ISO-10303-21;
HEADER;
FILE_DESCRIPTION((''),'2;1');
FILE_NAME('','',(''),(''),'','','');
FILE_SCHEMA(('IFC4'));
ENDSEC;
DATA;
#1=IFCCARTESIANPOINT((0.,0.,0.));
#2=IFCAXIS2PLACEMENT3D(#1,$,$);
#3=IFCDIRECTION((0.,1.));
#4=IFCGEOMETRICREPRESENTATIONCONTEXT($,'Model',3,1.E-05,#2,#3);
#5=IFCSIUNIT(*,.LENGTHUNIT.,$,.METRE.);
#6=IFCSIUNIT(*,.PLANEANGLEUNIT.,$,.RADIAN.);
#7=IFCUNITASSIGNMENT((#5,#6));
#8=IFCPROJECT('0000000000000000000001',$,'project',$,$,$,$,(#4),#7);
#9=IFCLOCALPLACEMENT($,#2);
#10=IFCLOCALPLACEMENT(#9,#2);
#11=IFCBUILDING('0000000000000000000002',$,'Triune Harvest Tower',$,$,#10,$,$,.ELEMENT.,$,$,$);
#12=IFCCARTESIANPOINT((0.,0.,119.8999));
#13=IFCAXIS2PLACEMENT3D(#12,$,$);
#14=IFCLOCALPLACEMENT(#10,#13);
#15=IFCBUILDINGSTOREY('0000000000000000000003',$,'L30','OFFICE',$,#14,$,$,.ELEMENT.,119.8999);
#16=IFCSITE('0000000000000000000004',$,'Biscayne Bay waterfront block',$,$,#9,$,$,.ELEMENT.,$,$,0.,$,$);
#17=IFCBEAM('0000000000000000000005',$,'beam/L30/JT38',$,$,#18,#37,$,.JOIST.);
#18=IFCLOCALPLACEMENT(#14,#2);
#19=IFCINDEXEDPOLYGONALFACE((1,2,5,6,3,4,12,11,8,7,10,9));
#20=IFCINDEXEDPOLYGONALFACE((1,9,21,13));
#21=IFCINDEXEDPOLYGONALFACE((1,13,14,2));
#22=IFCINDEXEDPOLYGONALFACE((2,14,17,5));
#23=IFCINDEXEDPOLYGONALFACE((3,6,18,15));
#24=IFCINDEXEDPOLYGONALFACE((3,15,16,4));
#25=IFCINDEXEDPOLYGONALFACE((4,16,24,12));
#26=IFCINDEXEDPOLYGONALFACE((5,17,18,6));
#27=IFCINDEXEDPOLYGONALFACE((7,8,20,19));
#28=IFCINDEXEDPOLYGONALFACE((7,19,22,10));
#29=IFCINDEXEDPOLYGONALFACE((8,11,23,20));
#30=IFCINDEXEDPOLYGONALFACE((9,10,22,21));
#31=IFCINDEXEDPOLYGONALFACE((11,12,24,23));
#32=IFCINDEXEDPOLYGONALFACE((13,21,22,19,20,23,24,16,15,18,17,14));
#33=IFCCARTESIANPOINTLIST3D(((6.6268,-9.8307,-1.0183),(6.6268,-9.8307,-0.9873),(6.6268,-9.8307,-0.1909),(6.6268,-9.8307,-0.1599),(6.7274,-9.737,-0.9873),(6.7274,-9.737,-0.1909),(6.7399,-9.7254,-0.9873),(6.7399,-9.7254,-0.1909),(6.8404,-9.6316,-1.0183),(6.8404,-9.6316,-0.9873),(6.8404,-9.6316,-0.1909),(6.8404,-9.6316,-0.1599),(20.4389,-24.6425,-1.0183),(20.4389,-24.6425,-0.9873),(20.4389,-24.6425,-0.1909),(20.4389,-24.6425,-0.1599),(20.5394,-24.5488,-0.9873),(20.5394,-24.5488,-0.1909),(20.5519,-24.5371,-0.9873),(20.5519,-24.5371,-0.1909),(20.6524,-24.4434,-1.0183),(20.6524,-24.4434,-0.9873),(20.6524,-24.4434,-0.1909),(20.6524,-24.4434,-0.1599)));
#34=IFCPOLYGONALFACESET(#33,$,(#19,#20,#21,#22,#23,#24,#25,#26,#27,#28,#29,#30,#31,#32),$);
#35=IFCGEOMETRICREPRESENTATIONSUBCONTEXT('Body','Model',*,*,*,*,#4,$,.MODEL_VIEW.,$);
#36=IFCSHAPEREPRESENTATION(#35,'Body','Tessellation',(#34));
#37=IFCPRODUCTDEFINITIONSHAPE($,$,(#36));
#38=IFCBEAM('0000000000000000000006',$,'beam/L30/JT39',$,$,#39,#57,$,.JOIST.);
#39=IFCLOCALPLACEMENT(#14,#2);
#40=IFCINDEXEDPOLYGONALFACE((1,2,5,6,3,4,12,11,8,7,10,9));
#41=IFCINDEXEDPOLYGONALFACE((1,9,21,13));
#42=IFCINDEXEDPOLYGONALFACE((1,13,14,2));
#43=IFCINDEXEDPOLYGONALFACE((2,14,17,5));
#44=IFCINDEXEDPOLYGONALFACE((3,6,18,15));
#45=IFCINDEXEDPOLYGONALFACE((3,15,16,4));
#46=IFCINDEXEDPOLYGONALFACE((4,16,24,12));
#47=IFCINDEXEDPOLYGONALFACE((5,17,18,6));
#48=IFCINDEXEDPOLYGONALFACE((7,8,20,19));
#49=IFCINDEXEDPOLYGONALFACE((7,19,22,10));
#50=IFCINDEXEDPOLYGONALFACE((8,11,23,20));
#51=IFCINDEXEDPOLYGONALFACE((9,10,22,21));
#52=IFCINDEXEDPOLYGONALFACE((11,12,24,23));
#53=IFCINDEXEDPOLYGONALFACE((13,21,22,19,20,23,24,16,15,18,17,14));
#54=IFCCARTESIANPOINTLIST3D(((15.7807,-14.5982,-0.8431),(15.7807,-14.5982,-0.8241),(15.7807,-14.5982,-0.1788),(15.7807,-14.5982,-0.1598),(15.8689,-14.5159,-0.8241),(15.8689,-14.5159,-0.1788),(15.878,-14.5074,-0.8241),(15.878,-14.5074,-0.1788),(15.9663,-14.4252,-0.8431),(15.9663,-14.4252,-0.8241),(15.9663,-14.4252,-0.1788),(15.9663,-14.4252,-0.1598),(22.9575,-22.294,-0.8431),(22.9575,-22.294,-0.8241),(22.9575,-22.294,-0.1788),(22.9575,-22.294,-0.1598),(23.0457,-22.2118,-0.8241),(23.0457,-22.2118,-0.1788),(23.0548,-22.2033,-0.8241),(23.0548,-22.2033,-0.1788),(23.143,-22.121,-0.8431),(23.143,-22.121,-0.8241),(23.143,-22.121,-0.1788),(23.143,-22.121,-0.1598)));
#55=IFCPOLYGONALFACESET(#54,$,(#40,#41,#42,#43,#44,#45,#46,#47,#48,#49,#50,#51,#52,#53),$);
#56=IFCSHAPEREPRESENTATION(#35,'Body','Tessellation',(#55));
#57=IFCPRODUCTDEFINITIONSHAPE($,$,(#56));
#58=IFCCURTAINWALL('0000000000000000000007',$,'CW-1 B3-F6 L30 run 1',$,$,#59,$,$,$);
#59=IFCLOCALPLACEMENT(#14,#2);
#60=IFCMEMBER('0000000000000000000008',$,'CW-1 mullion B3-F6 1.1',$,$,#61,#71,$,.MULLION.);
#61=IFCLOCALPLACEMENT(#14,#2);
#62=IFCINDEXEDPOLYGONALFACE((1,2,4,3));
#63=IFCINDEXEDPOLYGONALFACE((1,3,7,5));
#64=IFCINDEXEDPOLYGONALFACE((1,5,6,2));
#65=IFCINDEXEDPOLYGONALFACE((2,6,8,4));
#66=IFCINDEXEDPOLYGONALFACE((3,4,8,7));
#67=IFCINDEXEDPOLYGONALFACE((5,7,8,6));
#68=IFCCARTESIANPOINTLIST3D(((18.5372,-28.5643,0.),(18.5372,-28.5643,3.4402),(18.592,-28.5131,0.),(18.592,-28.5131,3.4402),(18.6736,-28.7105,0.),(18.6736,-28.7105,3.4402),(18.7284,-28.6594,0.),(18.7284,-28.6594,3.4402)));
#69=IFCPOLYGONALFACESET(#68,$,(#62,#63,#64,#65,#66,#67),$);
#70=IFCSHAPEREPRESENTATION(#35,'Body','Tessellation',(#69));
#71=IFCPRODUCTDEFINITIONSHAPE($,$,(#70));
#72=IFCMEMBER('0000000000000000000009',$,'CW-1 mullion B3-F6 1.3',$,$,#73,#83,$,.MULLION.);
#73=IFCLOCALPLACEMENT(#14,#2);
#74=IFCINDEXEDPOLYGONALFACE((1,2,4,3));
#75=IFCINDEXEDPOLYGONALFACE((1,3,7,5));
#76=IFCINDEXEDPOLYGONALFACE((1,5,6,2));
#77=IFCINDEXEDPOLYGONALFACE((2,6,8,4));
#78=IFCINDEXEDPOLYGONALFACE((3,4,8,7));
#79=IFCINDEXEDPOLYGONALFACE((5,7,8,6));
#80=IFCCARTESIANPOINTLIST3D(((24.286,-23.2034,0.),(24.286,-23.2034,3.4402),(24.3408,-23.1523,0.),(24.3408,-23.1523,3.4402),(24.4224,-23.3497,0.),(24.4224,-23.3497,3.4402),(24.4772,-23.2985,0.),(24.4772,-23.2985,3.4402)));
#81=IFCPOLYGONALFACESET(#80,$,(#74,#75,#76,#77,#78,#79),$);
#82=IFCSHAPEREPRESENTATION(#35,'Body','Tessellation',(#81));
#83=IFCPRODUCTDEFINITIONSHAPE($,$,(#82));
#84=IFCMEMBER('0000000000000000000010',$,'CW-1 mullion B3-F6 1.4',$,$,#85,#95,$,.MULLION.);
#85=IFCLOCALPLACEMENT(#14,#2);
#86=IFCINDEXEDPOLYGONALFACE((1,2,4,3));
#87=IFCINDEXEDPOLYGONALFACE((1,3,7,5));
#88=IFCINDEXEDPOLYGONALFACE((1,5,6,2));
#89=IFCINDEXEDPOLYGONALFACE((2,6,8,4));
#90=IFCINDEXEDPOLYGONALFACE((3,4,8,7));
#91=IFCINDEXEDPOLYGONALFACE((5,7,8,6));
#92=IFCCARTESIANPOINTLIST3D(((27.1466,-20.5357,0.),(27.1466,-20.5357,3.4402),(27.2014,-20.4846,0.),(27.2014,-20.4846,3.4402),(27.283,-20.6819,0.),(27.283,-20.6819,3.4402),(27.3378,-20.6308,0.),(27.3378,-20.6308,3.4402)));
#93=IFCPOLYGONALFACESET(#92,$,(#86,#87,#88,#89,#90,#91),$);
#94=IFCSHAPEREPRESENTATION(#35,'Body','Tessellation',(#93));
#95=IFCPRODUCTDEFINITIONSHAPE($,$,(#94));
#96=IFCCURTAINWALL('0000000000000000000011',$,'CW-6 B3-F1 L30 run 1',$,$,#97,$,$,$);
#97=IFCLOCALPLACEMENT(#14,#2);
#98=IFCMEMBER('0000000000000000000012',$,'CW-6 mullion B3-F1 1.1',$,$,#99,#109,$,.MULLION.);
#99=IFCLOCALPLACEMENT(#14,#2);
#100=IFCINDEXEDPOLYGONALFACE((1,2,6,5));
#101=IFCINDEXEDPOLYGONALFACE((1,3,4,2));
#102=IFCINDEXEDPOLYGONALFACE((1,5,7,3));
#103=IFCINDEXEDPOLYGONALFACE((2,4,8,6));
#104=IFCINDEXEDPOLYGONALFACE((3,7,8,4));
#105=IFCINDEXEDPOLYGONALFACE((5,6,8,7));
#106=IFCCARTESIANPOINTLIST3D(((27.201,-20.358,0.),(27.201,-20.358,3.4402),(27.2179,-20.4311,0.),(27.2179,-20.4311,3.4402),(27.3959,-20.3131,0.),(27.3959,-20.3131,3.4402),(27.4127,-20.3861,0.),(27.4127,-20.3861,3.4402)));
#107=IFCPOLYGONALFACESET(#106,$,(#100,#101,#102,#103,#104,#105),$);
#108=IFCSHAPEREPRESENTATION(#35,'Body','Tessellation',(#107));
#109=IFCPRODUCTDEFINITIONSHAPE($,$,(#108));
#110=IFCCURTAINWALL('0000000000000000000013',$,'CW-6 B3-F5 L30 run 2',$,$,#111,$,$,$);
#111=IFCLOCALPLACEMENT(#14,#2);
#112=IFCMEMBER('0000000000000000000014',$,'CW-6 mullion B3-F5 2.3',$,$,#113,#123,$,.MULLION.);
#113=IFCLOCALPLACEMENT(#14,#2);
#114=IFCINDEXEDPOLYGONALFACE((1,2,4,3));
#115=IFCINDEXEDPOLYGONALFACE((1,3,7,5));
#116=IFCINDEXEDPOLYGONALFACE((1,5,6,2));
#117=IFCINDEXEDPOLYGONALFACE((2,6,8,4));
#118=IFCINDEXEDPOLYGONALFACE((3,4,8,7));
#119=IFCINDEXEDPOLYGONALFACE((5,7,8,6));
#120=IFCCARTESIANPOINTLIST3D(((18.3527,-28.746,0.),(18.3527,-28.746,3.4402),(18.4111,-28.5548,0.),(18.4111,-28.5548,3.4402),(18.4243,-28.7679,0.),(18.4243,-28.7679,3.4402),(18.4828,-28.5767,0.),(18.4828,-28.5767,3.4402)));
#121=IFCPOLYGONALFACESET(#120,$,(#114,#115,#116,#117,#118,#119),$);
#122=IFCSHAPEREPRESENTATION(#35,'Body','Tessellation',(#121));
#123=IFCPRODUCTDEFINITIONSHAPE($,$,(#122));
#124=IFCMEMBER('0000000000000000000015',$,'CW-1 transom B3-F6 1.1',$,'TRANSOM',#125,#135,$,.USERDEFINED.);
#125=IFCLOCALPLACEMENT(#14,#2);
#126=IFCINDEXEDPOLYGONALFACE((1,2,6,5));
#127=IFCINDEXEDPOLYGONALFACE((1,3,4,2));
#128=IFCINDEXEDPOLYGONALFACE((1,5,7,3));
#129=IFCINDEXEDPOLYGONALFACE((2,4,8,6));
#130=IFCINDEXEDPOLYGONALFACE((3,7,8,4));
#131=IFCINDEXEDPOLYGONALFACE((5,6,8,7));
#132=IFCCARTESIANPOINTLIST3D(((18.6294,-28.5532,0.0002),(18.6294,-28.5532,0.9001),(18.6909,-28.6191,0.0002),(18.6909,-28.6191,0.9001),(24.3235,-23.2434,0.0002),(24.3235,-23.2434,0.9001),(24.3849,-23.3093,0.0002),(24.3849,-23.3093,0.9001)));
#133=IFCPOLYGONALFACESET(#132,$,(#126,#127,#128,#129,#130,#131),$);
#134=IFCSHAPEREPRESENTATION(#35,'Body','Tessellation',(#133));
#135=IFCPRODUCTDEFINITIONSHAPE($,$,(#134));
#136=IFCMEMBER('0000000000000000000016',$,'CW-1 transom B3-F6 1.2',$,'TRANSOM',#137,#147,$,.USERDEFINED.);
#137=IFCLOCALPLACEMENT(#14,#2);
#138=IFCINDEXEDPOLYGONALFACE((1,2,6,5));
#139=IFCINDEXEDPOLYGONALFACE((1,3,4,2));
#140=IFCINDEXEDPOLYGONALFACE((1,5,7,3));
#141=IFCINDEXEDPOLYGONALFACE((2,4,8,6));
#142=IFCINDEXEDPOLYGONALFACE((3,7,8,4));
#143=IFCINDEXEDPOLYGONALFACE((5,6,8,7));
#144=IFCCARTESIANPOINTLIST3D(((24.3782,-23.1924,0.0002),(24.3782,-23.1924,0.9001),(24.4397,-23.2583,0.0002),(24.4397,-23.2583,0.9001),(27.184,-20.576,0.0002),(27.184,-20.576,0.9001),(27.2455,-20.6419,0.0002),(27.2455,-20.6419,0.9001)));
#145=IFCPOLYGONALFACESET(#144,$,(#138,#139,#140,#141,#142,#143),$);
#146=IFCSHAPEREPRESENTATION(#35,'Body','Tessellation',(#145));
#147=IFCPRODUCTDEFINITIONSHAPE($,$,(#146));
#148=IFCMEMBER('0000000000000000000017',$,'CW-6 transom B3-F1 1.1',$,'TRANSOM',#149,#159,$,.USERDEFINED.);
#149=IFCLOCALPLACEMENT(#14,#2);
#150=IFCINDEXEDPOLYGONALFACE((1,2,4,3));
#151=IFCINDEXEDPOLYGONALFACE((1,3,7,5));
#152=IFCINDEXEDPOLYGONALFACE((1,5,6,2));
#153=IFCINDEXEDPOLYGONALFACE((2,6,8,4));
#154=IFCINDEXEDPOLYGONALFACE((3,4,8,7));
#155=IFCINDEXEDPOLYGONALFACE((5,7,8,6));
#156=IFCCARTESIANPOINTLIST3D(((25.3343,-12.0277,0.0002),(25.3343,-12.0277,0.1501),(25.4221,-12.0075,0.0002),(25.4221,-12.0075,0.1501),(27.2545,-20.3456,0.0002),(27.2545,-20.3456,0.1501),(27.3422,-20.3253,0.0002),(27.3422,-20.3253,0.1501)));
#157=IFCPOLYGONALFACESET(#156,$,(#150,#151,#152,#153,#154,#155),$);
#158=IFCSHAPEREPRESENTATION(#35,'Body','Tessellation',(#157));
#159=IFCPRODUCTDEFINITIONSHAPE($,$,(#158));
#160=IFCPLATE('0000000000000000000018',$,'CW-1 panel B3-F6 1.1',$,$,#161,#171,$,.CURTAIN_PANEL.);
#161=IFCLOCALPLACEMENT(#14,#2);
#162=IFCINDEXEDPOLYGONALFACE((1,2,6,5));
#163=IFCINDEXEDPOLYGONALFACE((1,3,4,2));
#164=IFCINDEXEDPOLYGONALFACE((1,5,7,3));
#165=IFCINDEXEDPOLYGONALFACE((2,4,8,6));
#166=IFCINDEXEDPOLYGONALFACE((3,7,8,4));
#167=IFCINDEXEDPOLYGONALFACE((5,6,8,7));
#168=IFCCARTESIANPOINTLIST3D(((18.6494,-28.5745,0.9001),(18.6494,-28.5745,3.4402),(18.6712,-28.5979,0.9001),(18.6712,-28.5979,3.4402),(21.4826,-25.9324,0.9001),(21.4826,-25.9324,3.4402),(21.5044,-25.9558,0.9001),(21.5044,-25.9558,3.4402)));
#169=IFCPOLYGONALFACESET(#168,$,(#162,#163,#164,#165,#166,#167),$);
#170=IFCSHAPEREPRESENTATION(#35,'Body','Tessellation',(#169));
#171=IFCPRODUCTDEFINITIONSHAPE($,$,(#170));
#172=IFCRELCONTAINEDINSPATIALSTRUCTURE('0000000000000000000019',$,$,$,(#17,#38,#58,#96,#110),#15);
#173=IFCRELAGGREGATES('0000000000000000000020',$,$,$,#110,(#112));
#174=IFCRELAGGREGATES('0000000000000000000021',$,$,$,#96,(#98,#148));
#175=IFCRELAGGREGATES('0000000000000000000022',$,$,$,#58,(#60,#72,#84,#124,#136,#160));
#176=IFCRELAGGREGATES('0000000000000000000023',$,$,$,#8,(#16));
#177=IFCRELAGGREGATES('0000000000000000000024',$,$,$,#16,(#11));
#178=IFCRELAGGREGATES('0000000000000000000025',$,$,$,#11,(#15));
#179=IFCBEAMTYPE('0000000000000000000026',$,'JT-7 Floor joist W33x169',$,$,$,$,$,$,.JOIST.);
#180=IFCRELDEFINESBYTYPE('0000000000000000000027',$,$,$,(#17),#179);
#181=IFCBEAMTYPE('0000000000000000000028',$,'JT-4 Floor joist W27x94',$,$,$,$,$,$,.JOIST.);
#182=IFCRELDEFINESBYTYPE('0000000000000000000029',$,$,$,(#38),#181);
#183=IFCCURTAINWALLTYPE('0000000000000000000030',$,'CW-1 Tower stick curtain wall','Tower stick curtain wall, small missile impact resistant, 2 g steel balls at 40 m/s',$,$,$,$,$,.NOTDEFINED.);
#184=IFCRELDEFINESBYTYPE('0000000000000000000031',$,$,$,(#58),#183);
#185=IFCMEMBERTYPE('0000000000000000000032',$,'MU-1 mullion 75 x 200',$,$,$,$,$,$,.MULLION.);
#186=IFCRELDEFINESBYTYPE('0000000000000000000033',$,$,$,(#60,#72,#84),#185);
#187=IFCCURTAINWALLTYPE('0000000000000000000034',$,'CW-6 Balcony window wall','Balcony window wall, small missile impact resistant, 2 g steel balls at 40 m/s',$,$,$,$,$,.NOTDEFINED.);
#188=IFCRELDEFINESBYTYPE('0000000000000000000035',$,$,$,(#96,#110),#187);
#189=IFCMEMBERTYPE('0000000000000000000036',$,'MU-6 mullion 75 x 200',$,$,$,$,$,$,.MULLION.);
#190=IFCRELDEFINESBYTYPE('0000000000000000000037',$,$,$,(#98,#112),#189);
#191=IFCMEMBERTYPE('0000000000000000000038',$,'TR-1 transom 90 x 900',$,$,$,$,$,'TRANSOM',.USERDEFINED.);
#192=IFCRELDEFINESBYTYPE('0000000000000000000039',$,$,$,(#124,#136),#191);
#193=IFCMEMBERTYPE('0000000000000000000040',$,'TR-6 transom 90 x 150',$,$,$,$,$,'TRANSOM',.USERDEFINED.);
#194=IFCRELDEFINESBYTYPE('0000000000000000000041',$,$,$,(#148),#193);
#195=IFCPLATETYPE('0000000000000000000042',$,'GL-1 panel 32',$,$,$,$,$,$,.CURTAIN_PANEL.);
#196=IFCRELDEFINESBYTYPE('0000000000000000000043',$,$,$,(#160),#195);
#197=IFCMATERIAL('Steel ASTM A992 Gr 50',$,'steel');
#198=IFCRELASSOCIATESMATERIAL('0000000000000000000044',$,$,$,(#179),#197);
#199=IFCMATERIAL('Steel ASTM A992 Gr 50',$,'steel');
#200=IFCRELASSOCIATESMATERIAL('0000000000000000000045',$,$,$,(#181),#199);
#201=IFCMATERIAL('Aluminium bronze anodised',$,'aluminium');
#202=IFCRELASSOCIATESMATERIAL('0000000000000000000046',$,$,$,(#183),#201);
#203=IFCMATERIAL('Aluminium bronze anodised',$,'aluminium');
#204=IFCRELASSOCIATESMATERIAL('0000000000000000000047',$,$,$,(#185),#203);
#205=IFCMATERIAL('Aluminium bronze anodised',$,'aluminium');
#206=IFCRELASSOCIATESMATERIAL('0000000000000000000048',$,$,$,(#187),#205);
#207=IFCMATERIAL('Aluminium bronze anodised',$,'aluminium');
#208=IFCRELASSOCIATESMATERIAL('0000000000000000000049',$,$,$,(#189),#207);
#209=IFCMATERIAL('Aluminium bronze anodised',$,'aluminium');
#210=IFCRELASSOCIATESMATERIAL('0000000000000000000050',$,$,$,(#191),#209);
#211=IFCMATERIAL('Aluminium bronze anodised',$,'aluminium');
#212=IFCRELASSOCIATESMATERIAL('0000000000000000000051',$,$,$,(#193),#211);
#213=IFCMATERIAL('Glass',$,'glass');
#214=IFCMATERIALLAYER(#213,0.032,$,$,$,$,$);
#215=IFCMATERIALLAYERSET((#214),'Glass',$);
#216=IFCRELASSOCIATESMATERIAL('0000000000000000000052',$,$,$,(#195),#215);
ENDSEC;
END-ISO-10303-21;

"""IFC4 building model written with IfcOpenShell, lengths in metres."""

from ifc_helpers import new_model, si_unit, direction, frame, origin, origin_2d, place, context, subcontext, project, spatial, rectangle, i_section, extrude, source, transform, mapped, material, layer, layer_set, material_profile, profile_set, type_object, element, aggregate, save


model = new_model("IFC4")

# Units and contexts
model_context = context("Model", 3, precision=1e-05, world=origin(), true_north=direction((0.0, 1.0)))
body_context = subcontext(model_context, "Body", "Model", "MODEL_VIEW")
ifc_project = project(units=[si_unit("LENGTHUNIT", "METRE"), si_unit("PLANEANGLEUNIT", "RADIAN")], contexts=[model_context])

# Site, building, storey
site_placement = place(None, origin())
site = spatial("IfcSite", under=ifc_project, at=site_placement, Name="Biscayne Bay waterfront block", CompositionType="ELEMENT", RefElevation=0.0)
building_placement = place(site_placement, origin())
building = spatial("IfcBuilding", under=site, at=building_placement, Name="Triune Harvest Tower", CompositionType="ELEMENT")
storey_placement = place(building_placement, frame((0.0, 0.0, 119.8999)))
storey = spatial("IfcBuildingStorey", under=building, at=storey_placement, Name="L30", Description="OFFICE", CompositionType="ELEMENT", Elevation=119.8999)

# Beams
ifc_material_1 = material(Name="Steel ASTM A992 Gr 50", Category="steel")
ifc_material_profile_1 = material_profile(ifc_material_1, i_section(OverallWidth=0.292, OverallDepth=0.8584, WebThickness=0.0171, FlangeThickness=0.031, at=origin_2d()), Name="W33x169")
ifc_profile_set_1 = profile_set([ifc_material_profile_1], Name="Steel ASTM A992 Gr 50")
beam_type_1 = type_object("IfcBeamType", Name="JT-7 Floor joist W33x169", PredefinedType="JOIST", material=ifc_profile_set_1)
shared_shape_1 = source(origin(), body_context, "Body", "SweptSolid", [
    extrude(i_section(OverallWidth=0.292, OverallDepth=0.8584, WebThickness=0.0171, FlangeThickness=0.031, at=origin_2d()), origin(), (0.0, 0.0, 1.0), 20.2524),
])
beam_1_placement = place(storey_placement, frame((20.5457, -24.543, -0.5891), z_axis=(-0.681993, 0.731358, 0.0), x_axis=(-0.731358, -0.681993, 0.0)))
element("IfcBeam", 1, at=beam_1_placement, inside=storey, type_object=beam_type_1, Name="beam/L30/JT38", PredefinedType="JOIST", context=body_context, shape_type="MappedRepresentation", body=[
    mapped(shared_shape_1, transform((0.0, 0.0, 0.0), scale=1.0)),
])
ifc_material_2 = material(Name="Steel ASTM A992 Gr 50", Category="steel")
ifc_material_profile_2 = material_profile(ifc_material_2, i_section(OverallWidth=0.2537, OverallDepth=0.6833, WebThickness=0.0125, FlangeThickness=0.019, at=origin_2d()), Name="W27x94")
ifc_profile_set_2 = profile_set([ifc_material_profile_2], Name="Steel ASTM A992 Gr 50")
beam_type_2 = type_object("IfcBeamType", Name="JT-4 Floor joist W27x94", PredefinedType="JOIST", material=ifc_profile_set_2)
shared_shape_2 = source(origin(), body_context, "Body", "SweptSolid", [
    extrude(i_section(OverallWidth=0.2537, OverallDepth=0.6833, WebThickness=0.0125, FlangeThickness=0.019, at=origin_2d()), origin(), (0.0, 0.0, 1.0), 10.5229),
])
beam_2_placement = place(storey_placement, frame((23.0503, -22.2075, -0.5015), z_axis=(-0.682014, 0.731339, 0.0), x_axis=(-0.731339, -0.682014, 0.0)))
element("IfcBeam", 2, at=beam_2_placement, inside=storey, type_object=beam_type_2, Name="beam/L30/JT39", PredefinedType="JOIST", context=body_context, shape_type="MappedRepresentation", body=[
    mapped(shared_shape_2, transform((0.0, 0.0, 0.0), scale=1.0)),
])

# Curtain wall, members
ifc_material_3 = material(Name="Aluminium bronze anodised", Category="aluminium")
curtain_wall_type_1 = type_object("IfcCurtainWallType", Name="CW-1 Tower stick curtain wall", Description="Tower stick curtain wall, small missile impact resistant, 2 g steel balls at 40 m/s", PredefinedType="NOTDEFINED", material=ifc_material_3)
curtain_wall_1_placement = place(storey_placement, origin())
curtain_wall_1 = element("IfcCurtainWall", 3, at=curtain_wall_1_placement, inside=storey, type_object=curtain_wall_type_1, Name="CW-1 B3-F6 L30 run 1")
ifc_material_4 = material(Name="Aluminium bronze anodised", Category="aluminium")
ifc_material_profile_3 = material_profile(ifc_material_4, rectangle(XDim=0.2, YDim=0.075, at=origin_2d()), Name="MU-1 mullion 75 x 200")
ifc_profile_set_3 = profile_set([ifc_material_profile_3], Name="Aluminium bronze anodised")
member_type_1 = type_object("IfcMemberType", Name="MU-1 mullion 75 x 200", PredefinedType="MULLION", material=ifc_profile_set_3)
shared_shape_3 = source(origin(), body_context, "Body", "SweptSolid", [
    extrude(rectangle(XDim=0.2, YDim=0.075, at=origin_2d()), origin(), (0.0, 0.0, 1.0), 3.4402),
])
member_1_placement = place(storey_placement, frame((18.6328, -28.6118, 0.0), z_axis=(0.0, 0.0, 1.0), x_axis=(-0.682002, 0.73135, 0.0)))
member_1 = element("IfcMember", 4, at=member_1_placement, type_object=member_type_1, Name="CW-1 mullion B3-F6 1.1", PredefinedType="MULLION", context=body_context, shape_type="MappedRepresentation", body=[
    mapped(shared_shape_3, transform((0.0, 0.0, 0.0), scale=1.0)),
])
member_2_placement = place(storey_placement, frame((24.3816, -23.251, 0.0), z_axis=(0.0, 0.0, 1.0), x_axis=(-0.682002, 0.73135, 0.0)))
member_2 = element("IfcMember", 5, at=member_2_placement, type_object=member_type_1, Name="CW-1 mullion B3-F6 1.3", PredefinedType="MULLION", context=body_context, shape_type="MappedRepresentation", body=[
    mapped(shared_shape_3, transform((0.0, 0.0, 0.0), scale=1.0)),
])
member_3_placement = place(storey_placement, frame((27.2422, -20.5833, 0.0), z_axis=(0.0, 0.0, 1.0), x_axis=(-0.682002, 0.73135, 0.0)))
member_3 = element("IfcMember", 6, at=member_3_placement, type_object=member_type_1, Name="CW-1 mullion B3-F6 1.4", PredefinedType="MULLION", context=body_context, shape_type="MappedRepresentation", body=[
    mapped(shared_shape_3, transform((0.0, 0.0, 0.0), scale=1.0)),
])

# Curtain walls, members
ifc_material_5 = material(Name="Aluminium bronze anodised", Category="aluminium")
curtain_wall_type_2 = type_object("IfcCurtainWallType", Name="CW-6 Balcony window wall", Description="Balcony window wall, small missile impact resistant, 2 g steel balls at 40 m/s", PredefinedType="NOTDEFINED", material=ifc_material_5)
curtain_wall_2_placement = place(storey_placement, origin())
curtain_wall_2 = element("IfcCurtainWall", 7, at=curtain_wall_2_placement, inside=storey, type_object=curtain_wall_type_2, Name="CW-6 B3-F1 L30 run 1")
ifc_material_6 = material(Name="Aluminium bronze anodised", Category="aluminium")
ifc_material_profile_4 = material_profile(ifc_material_6, rectangle(XDim=0.2, YDim=0.075, at=origin_2d()), Name="MU-6 mullion 75 x 200")
ifc_profile_set_4 = profile_set([ifc_material_profile_4], Name="Aluminium bronze anodised")
member_type_2 = type_object("IfcMemberType", Name="MU-6 mullion 75 x 200", PredefinedType="MULLION", material=ifc_profile_set_4)
shared_shape_4 = source(origin(), body_context, "Body", "SweptSolid", [
    extrude(rectangle(XDim=0.2, YDim=0.075, at=origin_2d()), origin(), (0.0, 0.0, 1.0), 3.4402),
])
member_4_placement = place(storey_placement, frame((27.3069, -20.3721, 0.0), z_axis=(0.0, 0.0, 1.0), x_axis=(-0.974371, -0.224947, 0.0)))
member_4 = element("IfcMember", 8, at=member_4_placement, type_object=member_type_2, Name="CW-6 mullion B3-F1 1.1", PredefinedType="MULLION", context=body_context, shape_type="MappedRepresentation", body=[
    mapped(shared_shape_4, transform((0.0, 0.0, 0.0), scale=1.0)),
])
curtain_wall_3_placement = place(storey_placement, origin())
curtain_wall_3 = element("IfcCurtainWall", 9, at=curtain_wall_3_placement, inside=storey, type_object=curtain_wall_type_2, Name="CW-6 B3-F5 L30 run 2")
member_5_placement = place(storey_placement, frame((18.4177, -28.6614, 0.0), z_axis=(0.0, 0.0, 1.0), x_axis=(0.292373, 0.956304, 0.0)))
member_5 = element("IfcMember", 10, at=member_5_placement, type_object=member_type_2, Name="CW-6 mullion B3-F5 2.3", PredefinedType="MULLION", context=body_context, shape_type="MappedRepresentation", body=[
    mapped(shared_shape_4, transform((0.0, 0.0, 0.0), scale=1.0)),
])
aggregate(curtain_wall_3, [member_5])

# Members
ifc_material_7 = material(Name="Aluminium bronze anodised", Category="aluminium")
ifc_material_profile_5 = material_profile(ifc_material_7, rectangle(XDim=0.0901, YDim=0.8999, at=origin_2d()), Name="TR-1 transom 90 x 900")
ifc_profile_set_5 = profile_set([ifc_material_profile_5], Name="Aluminium bronze anodised")
member_type_3 = type_object("IfcMemberType", Name="TR-1 transom 90 x 900", ElementType="TRANSOM", PredefinedType="USERDEFINED", material=ifc_profile_set_5)
shared_shape_5 = source(origin(), body_context, "Body", "SweptSolid", [
    extrude(rectangle(XDim=0.0901, YDim=0.8999, at=origin_2d()), origin(), (0.0, 0.0, 1.0), 7.7856),
])
member_6_placement = place(storey_placement, frame((18.6602, -28.5862, 0.4502), z_axis=(0.731354, 0.681998, 0.0), x_axis=(-0.681998, 0.731354, 0.0)))
member_6 = element("IfcMember", 11, at=member_6_placement, type_object=member_type_3, Name="CW-1 transom B3-F6 1.1", ObjectType="TRANSOM", PredefinedType="USERDEFINED", context=body_context, shape_type="MappedRepresentation", body=[
    mapped(shared_shape_5, transform((0.0, 0.0, 0.0), scale=1.0)),
])
shared_shape_6 = source(origin(), body_context, "Body", "SweptSolid", [
    extrude(rectangle(XDim=0.0901, YDim=0.8999, at=origin_2d()), origin(), (0.0, 0.0, 1.0), 3.8364),
])
member_7_placement = place(storey_placement, frame((24.4089, -23.2253, 0.4502), z_axis=(0.731366, 0.681985, 0.0), x_axis=(-0.681985, 0.731366, 0.0)))
member_7 = element("IfcMember", 12, at=member_7_placement, type_object=member_type_3, Name="CW-1 transom B3-F6 1.2", ObjectType="TRANSOM", PredefinedType="USERDEFINED", context=body_context, shape_type="MappedRepresentation", body=[
    mapped(shared_shape_6, transform((0.0, 0.0, 0.0), scale=1.0)),
])
ifc_material_8 = material(Name="Aluminium bronze anodised", Category="aluminium")
ifc_material_profile_6 = material_profile(ifc_material_8, rectangle(XDim=0.0901, YDim=0.1499, at=origin_2d()), Name="TR-6 transom 90 x 150")
ifc_profile_set_6 = profile_set([ifc_material_profile_6], Name="Aluminium bronze anodised")
member_type_4 = type_object("IfcMemberType", Name="TR-6 transom 90 x 150", ElementType="TRANSOM", PredefinedType="USERDEFINED", material=ifc_profile_set_6)
shared_shape_7 = source(origin(), body_context, "Body", "SweptSolid", [
    extrude(rectangle(XDim=0.0901, YDim=0.1499, at=origin_2d()), origin(), (0.0, 0.0, 1.0), 8.5366),
])
member_8_placement = place(storey_placement, frame((27.2983, -20.3354, 0.0752), z_axis=(-0.224933, 0.974374, 0.0), x_axis=(-0.974374, -0.224933, 0.0)))
member_8 = element("IfcMember", 13, at=member_8_placement, type_object=member_type_4, Name="CW-6 transom B3-F1 1.1", ObjectType="TRANSOM", PredefinedType="USERDEFINED", context=body_context, shape_type="MappedRepresentation", body=[
    mapped(shared_shape_7, transform((0.0, 0.0, 0.0), scale=1.0)),
])
aggregate(curtain_wall_2, [member_4, member_8])

# Plate
ifc_material_9 = material(Name="Glass", Category="glass")
ifc_layer_1 = layer(ifc_material_9, 0.032)
ifc_layer_set_1 = layer_set([ifc_layer_1], Name="Glass")
plate_type = type_object("IfcPlateType", Name="GL-1 panel 32", PredefinedType="CURTAIN_PANEL", material=ifc_layer_set_1)
shared_shape_8 = source(origin(), body_context, "Body", "SweptSolid", [
    extrude(rectangle(XDim=3.874, YDim=0.032, at=origin_2d()), origin(), (0.0, 0.0, 1.0), 2.54),
])
plate_1_placement = place(storey_placement, frame((20.0769, -27.2651, 0.9001), z_axis=(0.0, 0.0, 1.0), x_axis=(0.73135, 0.682002, 0.0)))
plate_1 = element("IfcPlate", 14, at=plate_1_placement, type_object=plate_type, Name="CW-1 panel B3-F6 1.1", PredefinedType="CURTAIN_PANEL", context=body_context, shape_type="MappedRepresentation", body=[
    mapped(shared_shape_8, transform((0.0, 0.0, 0.0), scale=1.0)),
])
aggregate(curtain_wall_1, [member_1, member_2, member_3, member_6, member_7, plate_1])

save(model, "model.ifc")
